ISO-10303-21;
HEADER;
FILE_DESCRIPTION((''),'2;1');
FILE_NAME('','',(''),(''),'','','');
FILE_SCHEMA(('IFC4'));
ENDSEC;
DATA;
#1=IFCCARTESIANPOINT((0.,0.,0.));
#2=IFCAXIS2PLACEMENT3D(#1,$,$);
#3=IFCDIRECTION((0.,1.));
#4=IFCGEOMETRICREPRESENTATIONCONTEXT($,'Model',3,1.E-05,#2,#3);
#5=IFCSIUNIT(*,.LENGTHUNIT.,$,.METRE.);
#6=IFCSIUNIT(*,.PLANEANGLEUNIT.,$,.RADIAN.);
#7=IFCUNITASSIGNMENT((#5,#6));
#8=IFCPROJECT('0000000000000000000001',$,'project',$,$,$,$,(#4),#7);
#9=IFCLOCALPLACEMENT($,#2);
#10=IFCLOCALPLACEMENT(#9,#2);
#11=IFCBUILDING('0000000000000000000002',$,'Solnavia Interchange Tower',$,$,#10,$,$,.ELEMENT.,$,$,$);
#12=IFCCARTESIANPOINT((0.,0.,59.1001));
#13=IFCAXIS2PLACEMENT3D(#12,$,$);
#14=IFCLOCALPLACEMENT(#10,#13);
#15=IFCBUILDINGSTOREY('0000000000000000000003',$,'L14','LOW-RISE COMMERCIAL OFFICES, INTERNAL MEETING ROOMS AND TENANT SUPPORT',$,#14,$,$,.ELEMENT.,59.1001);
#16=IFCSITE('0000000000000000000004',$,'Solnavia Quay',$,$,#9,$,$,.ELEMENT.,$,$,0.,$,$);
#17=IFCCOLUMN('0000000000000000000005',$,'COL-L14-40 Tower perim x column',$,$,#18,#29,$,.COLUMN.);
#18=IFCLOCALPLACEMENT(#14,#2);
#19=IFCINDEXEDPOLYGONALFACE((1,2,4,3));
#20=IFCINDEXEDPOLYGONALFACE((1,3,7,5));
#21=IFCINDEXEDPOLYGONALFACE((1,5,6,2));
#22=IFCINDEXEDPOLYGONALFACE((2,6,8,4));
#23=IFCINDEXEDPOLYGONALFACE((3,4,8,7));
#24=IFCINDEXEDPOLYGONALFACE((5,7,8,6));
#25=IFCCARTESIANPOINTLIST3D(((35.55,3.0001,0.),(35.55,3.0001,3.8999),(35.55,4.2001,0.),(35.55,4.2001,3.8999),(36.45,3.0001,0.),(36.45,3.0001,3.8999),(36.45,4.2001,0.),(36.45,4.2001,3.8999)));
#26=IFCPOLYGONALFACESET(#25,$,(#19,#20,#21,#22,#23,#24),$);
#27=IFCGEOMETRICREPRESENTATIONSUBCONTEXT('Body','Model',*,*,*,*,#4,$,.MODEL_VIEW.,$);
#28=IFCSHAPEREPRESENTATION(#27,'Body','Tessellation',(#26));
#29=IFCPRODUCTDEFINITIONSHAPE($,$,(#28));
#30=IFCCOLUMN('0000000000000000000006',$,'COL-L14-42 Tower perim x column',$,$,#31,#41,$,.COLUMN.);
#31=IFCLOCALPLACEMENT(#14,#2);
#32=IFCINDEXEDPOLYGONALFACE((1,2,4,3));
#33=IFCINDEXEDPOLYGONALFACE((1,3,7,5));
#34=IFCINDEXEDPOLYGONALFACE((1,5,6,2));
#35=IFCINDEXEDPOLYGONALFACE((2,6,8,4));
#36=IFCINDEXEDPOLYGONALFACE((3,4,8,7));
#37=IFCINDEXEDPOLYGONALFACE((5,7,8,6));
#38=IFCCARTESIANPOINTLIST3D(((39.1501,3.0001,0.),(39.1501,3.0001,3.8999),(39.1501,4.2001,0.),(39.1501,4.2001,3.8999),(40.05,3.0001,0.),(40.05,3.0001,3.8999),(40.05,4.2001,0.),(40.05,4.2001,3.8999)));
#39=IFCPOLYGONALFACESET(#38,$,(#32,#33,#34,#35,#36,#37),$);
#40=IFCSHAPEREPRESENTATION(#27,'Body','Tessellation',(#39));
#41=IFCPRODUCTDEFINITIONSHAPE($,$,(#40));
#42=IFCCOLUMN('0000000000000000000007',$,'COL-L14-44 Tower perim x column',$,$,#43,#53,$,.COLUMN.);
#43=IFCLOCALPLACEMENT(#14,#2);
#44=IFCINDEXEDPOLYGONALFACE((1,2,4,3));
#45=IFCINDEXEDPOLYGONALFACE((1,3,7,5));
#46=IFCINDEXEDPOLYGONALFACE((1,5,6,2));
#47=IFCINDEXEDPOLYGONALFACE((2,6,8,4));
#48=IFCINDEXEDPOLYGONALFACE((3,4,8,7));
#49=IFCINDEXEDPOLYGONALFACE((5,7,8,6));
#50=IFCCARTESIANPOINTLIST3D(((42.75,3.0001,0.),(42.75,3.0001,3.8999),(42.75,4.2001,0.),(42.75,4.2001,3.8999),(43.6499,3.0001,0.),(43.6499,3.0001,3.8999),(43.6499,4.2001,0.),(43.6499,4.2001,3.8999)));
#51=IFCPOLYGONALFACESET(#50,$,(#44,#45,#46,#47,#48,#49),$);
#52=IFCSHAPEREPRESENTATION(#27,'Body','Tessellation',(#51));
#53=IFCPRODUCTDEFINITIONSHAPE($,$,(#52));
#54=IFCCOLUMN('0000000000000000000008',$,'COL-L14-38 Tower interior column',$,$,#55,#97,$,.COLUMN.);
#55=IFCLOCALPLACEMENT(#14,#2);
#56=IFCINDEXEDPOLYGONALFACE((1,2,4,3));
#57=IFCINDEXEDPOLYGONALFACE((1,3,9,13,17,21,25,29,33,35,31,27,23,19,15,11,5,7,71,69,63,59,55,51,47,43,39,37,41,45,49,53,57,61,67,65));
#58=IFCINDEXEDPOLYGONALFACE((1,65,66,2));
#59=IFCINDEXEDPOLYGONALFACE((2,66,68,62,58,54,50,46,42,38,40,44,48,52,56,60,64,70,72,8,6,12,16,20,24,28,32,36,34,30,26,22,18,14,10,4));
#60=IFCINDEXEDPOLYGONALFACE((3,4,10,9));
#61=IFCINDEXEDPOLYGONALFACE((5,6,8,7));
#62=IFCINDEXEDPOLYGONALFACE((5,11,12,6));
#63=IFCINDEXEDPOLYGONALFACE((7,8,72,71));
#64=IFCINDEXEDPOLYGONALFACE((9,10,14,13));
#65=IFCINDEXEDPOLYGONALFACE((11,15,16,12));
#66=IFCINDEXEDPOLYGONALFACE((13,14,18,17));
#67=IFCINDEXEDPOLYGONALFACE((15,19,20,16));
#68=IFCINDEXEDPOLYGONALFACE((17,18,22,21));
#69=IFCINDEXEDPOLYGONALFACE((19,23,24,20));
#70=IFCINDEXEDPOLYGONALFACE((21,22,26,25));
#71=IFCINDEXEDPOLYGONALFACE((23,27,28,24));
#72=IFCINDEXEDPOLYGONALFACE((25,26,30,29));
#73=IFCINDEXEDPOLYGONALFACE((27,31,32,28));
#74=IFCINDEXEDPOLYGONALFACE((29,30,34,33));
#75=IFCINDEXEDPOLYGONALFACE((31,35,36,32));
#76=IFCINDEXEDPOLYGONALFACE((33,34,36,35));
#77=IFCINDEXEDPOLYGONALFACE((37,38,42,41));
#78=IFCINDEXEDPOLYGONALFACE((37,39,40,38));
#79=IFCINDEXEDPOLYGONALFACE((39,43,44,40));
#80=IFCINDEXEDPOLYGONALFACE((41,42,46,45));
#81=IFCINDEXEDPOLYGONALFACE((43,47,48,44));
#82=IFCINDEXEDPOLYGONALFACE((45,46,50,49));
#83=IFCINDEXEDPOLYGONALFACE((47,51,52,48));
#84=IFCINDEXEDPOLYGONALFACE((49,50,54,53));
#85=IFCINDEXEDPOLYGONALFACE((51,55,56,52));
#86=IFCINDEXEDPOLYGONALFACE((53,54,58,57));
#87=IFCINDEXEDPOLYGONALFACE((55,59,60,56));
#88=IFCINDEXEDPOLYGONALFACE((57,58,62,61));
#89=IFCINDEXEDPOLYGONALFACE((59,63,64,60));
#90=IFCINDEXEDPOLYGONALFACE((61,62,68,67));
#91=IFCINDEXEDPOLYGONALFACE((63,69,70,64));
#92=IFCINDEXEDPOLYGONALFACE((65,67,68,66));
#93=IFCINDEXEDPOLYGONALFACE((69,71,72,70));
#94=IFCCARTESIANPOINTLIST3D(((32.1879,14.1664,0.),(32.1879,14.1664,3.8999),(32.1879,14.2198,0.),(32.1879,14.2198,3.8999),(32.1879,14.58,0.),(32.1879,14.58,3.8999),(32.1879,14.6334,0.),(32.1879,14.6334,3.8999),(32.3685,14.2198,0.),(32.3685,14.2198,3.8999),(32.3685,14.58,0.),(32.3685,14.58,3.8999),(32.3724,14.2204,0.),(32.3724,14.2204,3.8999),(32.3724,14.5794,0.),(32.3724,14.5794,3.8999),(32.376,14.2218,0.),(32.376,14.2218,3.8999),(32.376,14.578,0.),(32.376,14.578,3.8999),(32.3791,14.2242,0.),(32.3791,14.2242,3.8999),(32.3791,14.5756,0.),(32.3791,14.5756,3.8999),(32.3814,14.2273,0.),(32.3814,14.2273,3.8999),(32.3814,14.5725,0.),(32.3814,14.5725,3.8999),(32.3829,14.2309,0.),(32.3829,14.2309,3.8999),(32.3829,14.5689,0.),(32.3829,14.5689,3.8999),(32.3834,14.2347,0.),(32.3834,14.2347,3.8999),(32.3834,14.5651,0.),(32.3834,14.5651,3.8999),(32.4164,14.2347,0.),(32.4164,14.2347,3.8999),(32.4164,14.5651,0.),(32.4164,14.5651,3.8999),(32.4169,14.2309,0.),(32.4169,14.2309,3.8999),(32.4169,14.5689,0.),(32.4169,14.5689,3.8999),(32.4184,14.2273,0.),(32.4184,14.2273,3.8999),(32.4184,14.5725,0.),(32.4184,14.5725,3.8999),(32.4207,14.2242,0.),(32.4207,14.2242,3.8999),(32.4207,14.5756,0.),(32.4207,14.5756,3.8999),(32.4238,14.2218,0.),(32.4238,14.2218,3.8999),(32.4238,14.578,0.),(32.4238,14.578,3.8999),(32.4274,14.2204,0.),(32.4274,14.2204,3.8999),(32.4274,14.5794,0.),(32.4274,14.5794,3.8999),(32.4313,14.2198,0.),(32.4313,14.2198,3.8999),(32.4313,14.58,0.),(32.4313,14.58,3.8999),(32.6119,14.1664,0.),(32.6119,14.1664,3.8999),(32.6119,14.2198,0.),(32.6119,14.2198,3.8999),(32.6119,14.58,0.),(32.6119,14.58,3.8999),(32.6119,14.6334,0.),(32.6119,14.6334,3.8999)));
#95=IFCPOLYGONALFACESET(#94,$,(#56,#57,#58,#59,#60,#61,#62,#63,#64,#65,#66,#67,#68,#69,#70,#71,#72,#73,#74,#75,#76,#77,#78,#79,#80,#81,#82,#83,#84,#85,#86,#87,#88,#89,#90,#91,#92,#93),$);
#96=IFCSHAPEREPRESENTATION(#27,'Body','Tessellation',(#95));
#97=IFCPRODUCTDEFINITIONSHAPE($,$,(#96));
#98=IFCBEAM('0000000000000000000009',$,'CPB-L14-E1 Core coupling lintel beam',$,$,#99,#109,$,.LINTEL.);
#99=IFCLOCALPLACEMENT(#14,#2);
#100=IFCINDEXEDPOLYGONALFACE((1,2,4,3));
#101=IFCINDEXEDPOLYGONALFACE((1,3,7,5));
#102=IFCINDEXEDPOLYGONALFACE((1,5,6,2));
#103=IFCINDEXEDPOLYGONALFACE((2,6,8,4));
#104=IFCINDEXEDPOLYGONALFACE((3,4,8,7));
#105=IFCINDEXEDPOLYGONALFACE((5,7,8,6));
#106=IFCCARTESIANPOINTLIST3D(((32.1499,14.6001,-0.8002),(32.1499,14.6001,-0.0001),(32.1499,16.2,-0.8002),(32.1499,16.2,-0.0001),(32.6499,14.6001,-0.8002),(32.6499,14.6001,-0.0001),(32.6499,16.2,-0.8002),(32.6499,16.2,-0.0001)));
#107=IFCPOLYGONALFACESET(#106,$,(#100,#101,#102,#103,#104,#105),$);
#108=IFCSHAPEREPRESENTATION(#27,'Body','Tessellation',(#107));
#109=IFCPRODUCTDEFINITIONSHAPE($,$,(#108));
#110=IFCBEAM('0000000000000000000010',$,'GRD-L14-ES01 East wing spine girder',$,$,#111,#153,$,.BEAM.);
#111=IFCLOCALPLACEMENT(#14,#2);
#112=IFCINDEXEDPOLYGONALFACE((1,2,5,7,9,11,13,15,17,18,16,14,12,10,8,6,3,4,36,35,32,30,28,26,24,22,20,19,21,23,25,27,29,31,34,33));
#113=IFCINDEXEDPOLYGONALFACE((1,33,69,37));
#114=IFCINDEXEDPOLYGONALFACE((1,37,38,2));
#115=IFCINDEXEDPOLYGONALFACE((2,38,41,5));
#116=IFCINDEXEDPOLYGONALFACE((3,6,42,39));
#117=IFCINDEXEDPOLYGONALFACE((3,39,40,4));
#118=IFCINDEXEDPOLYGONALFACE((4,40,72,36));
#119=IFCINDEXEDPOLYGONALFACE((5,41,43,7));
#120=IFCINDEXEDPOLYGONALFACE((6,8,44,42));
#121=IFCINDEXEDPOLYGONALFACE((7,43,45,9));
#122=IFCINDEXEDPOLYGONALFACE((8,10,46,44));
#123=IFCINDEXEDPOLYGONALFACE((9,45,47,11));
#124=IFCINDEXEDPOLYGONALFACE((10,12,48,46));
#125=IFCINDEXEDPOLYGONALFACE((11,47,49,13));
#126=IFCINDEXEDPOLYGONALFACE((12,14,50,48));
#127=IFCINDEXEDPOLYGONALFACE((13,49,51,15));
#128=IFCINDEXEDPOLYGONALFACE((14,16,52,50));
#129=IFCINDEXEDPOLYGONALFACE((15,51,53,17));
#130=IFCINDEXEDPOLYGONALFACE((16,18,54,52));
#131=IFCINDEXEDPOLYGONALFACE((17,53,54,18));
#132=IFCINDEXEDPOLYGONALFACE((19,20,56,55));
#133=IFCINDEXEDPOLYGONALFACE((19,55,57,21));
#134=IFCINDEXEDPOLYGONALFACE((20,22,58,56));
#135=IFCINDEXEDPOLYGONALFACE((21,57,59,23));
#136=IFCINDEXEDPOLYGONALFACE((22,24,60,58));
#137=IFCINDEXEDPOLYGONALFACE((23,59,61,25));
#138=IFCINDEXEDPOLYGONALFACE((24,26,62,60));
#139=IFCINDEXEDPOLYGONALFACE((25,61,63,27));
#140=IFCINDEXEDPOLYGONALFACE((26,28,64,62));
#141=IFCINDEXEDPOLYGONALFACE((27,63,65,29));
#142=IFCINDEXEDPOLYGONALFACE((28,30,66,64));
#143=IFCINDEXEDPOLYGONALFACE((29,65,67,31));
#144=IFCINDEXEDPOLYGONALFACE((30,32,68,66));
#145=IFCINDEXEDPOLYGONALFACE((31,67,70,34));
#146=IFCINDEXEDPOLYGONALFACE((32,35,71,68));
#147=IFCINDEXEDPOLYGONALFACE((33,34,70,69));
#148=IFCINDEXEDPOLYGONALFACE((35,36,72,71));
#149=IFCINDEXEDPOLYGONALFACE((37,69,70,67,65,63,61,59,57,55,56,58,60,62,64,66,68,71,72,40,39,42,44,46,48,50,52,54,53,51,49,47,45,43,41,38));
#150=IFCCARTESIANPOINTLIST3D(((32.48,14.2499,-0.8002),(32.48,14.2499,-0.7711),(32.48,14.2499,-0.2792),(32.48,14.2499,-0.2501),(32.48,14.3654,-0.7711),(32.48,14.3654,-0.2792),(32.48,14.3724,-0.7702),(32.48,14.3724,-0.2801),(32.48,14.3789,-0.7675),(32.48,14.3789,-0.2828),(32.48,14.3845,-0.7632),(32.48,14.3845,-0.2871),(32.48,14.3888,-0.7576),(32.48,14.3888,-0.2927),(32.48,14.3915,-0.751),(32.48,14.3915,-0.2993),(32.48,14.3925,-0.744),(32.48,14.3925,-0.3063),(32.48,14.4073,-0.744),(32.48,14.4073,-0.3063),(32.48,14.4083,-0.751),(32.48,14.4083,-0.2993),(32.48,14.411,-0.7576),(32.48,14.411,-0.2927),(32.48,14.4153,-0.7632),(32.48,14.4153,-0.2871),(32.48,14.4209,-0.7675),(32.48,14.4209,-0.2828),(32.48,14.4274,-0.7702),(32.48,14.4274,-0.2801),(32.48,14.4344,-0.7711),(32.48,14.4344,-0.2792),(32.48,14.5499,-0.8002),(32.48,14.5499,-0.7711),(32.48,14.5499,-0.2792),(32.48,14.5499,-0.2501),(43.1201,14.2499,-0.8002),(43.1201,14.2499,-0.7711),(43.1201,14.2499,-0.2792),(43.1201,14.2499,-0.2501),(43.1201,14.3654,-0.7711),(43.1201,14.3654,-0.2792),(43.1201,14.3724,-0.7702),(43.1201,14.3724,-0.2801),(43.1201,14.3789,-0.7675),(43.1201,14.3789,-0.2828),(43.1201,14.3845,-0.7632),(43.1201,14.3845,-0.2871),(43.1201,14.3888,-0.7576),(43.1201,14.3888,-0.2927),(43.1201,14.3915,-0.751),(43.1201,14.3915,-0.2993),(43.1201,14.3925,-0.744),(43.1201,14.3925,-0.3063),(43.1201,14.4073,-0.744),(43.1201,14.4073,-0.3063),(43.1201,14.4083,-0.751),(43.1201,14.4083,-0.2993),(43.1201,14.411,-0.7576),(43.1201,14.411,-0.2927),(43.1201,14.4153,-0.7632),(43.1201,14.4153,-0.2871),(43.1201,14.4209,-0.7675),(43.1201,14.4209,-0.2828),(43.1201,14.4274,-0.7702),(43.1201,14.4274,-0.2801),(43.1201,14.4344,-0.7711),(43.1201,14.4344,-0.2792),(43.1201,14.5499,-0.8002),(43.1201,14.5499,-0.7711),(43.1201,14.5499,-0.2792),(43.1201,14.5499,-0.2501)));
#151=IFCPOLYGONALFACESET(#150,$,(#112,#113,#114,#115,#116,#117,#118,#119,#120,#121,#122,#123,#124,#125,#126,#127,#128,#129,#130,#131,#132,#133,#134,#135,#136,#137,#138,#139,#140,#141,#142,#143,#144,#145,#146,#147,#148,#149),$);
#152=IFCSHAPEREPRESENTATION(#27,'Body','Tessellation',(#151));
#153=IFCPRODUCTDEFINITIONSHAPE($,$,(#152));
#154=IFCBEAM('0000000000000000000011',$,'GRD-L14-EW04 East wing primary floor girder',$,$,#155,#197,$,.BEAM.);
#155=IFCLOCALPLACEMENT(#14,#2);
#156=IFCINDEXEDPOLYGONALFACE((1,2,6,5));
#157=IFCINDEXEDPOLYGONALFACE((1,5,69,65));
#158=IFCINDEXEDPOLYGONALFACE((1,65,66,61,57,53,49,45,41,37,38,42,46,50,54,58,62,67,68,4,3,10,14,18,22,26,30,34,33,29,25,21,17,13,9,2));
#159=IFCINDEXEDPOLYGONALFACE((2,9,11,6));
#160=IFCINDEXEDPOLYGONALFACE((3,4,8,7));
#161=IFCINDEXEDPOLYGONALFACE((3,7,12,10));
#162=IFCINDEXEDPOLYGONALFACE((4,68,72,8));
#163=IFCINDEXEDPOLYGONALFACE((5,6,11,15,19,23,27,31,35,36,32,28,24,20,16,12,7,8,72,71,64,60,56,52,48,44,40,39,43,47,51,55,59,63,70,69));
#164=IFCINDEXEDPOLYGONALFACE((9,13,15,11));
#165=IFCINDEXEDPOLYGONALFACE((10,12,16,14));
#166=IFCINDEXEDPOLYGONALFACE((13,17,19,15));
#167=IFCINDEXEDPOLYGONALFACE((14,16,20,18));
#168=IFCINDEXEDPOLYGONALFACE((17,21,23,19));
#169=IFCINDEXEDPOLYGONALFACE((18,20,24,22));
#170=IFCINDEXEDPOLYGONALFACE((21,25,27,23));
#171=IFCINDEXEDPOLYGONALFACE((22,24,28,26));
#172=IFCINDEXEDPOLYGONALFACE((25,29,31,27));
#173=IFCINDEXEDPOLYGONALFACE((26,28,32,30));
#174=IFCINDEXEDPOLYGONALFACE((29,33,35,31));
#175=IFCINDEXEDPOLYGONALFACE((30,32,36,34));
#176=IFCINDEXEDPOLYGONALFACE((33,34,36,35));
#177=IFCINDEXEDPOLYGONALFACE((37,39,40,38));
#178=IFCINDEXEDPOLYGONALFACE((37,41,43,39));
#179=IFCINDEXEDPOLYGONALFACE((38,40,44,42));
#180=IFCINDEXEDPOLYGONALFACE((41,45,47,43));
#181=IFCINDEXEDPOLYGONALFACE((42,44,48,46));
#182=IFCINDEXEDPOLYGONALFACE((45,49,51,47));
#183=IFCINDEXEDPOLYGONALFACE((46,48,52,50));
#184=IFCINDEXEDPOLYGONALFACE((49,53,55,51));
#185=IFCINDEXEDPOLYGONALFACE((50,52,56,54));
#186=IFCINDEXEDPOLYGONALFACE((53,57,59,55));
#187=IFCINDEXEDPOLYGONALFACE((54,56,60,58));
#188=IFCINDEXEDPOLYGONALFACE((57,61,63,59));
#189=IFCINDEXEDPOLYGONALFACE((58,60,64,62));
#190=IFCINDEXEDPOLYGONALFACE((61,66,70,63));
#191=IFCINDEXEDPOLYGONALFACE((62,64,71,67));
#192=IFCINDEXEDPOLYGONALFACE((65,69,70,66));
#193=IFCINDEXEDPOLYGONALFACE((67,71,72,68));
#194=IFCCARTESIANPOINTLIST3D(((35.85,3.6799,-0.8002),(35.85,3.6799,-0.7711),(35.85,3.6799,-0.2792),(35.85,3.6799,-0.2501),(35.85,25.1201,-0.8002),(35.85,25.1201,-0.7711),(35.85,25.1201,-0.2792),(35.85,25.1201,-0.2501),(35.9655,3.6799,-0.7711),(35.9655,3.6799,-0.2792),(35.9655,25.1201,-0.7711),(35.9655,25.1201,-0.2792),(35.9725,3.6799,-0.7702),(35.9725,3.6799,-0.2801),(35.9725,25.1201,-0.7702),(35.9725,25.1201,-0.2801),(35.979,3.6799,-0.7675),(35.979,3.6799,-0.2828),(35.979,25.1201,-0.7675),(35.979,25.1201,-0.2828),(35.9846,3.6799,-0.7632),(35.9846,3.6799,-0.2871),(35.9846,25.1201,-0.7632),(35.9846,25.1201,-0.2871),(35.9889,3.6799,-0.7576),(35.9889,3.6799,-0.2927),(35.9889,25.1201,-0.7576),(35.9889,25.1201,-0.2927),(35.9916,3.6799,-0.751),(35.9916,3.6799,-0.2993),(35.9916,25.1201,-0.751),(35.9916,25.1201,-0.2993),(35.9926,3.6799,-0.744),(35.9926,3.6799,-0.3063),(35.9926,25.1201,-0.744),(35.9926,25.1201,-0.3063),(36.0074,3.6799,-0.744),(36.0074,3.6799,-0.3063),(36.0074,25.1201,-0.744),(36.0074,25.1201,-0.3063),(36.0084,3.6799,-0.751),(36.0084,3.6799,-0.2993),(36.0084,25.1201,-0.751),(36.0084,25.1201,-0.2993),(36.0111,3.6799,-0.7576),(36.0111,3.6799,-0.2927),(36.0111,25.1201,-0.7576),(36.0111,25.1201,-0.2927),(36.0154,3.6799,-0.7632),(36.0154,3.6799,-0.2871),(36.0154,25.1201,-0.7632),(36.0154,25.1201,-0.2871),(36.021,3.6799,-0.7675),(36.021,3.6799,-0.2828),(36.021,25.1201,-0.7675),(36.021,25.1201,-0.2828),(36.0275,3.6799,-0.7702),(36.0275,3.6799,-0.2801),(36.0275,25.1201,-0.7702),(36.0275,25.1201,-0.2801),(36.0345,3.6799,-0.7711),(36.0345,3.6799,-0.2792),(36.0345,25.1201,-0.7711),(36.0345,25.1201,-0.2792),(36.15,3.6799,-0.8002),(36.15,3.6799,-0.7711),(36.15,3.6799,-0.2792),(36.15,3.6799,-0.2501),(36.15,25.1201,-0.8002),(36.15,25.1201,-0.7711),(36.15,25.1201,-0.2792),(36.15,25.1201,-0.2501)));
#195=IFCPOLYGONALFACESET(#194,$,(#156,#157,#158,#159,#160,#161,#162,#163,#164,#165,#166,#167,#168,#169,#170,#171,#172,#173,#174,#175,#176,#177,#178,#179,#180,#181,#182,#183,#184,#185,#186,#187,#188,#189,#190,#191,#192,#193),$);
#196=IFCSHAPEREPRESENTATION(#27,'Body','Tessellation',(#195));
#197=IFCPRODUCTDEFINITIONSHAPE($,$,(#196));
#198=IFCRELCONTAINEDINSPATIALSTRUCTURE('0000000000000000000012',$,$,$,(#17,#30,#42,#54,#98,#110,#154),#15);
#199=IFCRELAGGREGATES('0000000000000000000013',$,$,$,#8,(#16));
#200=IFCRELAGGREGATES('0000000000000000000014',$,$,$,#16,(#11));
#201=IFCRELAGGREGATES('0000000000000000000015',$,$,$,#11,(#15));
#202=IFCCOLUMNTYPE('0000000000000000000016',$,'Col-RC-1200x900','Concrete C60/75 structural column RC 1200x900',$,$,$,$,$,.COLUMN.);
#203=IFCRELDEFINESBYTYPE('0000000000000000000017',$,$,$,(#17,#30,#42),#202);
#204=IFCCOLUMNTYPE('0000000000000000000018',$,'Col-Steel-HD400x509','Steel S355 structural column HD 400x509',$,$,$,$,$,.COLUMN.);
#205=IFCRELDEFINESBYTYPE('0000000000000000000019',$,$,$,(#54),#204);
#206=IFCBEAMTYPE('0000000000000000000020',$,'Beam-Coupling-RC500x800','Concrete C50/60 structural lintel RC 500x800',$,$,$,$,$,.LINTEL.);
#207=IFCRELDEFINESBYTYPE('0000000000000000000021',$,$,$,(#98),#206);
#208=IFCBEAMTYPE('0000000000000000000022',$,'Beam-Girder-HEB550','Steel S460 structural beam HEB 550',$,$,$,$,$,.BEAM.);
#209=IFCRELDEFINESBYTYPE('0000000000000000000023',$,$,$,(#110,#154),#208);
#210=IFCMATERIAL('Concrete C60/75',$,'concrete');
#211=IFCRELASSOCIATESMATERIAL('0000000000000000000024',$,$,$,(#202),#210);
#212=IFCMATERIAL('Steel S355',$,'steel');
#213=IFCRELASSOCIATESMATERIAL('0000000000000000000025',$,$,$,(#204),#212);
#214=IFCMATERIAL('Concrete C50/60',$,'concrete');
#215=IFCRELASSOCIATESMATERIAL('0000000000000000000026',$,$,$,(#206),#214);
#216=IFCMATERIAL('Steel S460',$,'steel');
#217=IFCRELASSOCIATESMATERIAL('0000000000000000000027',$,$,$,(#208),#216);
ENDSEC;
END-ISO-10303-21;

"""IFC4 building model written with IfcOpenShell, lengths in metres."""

from ifc_helpers import new_model, si_unit, direction, frame, origin, origin_2d, place, context, subcontext, project, spatial, rectangle, i_section, extrude, material, material_profile, profile_set, type_object, element, save


model = new_model("IFC4")

# Units and contexts
model_context = context("Model", 3, precision=1e-05, world=origin(), true_north=direction((0.0, 1.0)))
body_context = subcontext(model_context, "Body", "Model", "MODEL_VIEW")
ifc_project = project(units=[si_unit("LENGTHUNIT", "METRE"), si_unit("PLANEANGLEUNIT", "RADIAN")], contexts=[model_context])

# Site, building, storey
site_placement = place(None, origin())
site = spatial("IfcSite", under=ifc_project, at=site_placement, Name="Solnavia Quay", CompositionType="ELEMENT", RefElevation=0.0)
building_placement = place(site_placement, origin())
building = spatial("IfcBuilding", under=site, at=building_placement, Name="Solnavia Interchange Tower", CompositionType="ELEMENT")
storey_placement = place(building_placement, frame((0.0, 0.0, 59.1001)))
storey = spatial("IfcBuildingStorey", under=building, at=storey_placement, Name="L14", Description="LOW-RISE COMMERCIAL OFFICES, INTERNAL MEETING ROOMS AND TENANT SUPPORT", CompositionType="ELEMENT", Elevation=59.1001)

# Columns
ifc_material_1 = material(Name="Concrete C60/75", Category="concrete")
ifc_material_profile_1 = material_profile(ifc_material_1, rectangle(XDim=0.8999, YDim=1.2, at=origin_2d()), Name="RC 1200x900")
ifc_profile_set_1 = profile_set([ifc_material_profile_1], Name="Concrete C60/75")
column_type_1 = type_object("IfcColumnType", Name="Col-RC-1200x900", Description="Concrete C60/75 structural column RC 1200x900", PredefinedType="COLUMN", material=ifc_profile_set_1)
for number, where, z_axis, x_axis, name in (
    (1, (36.0, 3.6001, 0.0), (0.0, 0.0, 1.0), (1.0, 0.0, 0.0), "COL-L14-40 Tower perim x column"),
    (2, (39.6001, 3.6001, 0.0), (0.0, 0.0, 1.0), (1.0, 0.0, 0.0), "COL-L14-42 Tower perim x column"),
    (3, (43.2, 3.6001, 0.0), (0.0, 0.0, 1.0), (1.0, 0.0, 0.0), "COL-L14-44 Tower perim x column"),
):
    element("IfcColumn", number, at=place(storey_placement, frame(where, z_axis=z_axis, x_axis=x_axis)), inside=storey, type_object=column_type_1, Name=name, PredefinedType="COLUMN", context=body_context, shape_type="SweptSolid", body=[
        extrude(rectangle(XDim=0.8999, YDim=1.2, at=origin_2d()), origin(), (0.0, 0.0, 1.0), 3.8999),
    ])
ifc_material_2 = material(Name="Steel S355", Category="steel")
ifc_material_profile_2 = material_profile(ifc_material_2, i_section(OverallWidth=0.4241, OverallDepth=0.467, WebThickness=0.033, FlangeThickness=0.0535, FilletRadius=0.0149, at=origin_2d()), Name="HD 400x509")
ifc_profile_set_2 = profile_set([ifc_material_profile_2], Name="Steel S355")
column_type_2 = type_object("IfcColumnType", Name="Col-Steel-HD400x509", Description="Steel S355 structural column HD 400x509", PredefinedType="COLUMN", material=ifc_profile_set_2)
column_placement = place(storey_placement, frame((32.3999, 14.3999, 0.0), z_axis=(0.0, 0.0, 1.0), x_axis=(1.0, 0.0, 0.0)))
element("IfcColumn", 4, at=column_placement, inside=storey, type_object=column_type_2, Name="COL-L14-38 Tower interior column", PredefinedType="COLUMN", context=body_context, shape_type="SweptSolid", body=[
    extrude(i_section(OverallWidth=0.4241, OverallDepth=0.467, WebThickness=0.033, FlangeThickness=0.0535, FilletRadius=0.0149, at=origin_2d()), origin(), (0.0, 0.0, 1.0), 3.8999),
])

# Beams
ifc_material_3 = material(Name="Concrete C50/60", Category="concrete")
ifc_material_profile_3 = material_profile(ifc_material_3, rectangle(XDim=0.5, YDim=0.8, at=origin_2d()), Name="RC 500x800")
ifc_profile_set_3 = profile_set([ifc_material_profile_3], Name="Concrete C50/60")
beam_type_1 = type_object("IfcBeamType", Name="Beam-Coupling-RC500x800", Description="Concrete C50/60 structural lintel RC 500x800", PredefinedType="LINTEL", material=ifc_profile_set_3)
beam_1_placement = place(storey_placement, frame((32.3999, 14.6001, -0.4001), z_axis=(0.0, 1.0, 0.0), x_axis=(-1.0, 0.0, 0.0)))
element("IfcBeam", 5, at=beam_1_placement, inside=storey, type_object=beam_type_1, Name="CPB-L14-E1 Core coupling lintel beam", PredefinedType="LINTEL", context=body_context, shape_type="SweptSolid", body=[
    extrude(rectangle(XDim=0.5, YDim=0.8, at=origin_2d()), origin(), (0.0, 0.0, 1.0), 1.5999),
])
ifc_material_4 = material(Name="Steel S460", Category="steel")
ifc_material_profile_4 = material_profile(ifc_material_4, i_section(OverallWidth=0.3, OverallDepth=0.55, WebThickness=0.0149, FlangeThickness=0.0291, FilletRadius=0.0271, at=origin_2d()), Name="HEB 550")
ifc_profile_set_4 = profile_set([ifc_material_profile_4], Name="Steel S460")
beam_type_2 = type_object("IfcBeamType", Name="Beam-Girder-HEB550", Description="Steel S460 structural beam HEB 550", PredefinedType="BEAM", material=ifc_profile_set_4)
beam_2_placement = place(storey_placement, frame((32.48, 14.3999, -0.5251), z_axis=(1.0, 0.0, 0.0), x_axis=(0.0, 1.0, 0.0)))
element("IfcBeam", 6, at=beam_2_placement, inside=storey, type_object=beam_type_2, Name="GRD-L14-ES01 East wing spine girder", PredefinedType="BEAM", context=body_context, shape_type="SweptSolid", body=[
    extrude(i_section(OverallWidth=0.3, OverallDepth=0.55, WebThickness=0.0149, FlangeThickness=0.0291, FilletRadius=0.0271, at=origin_2d()), origin(), (0.0, 0.0, 1.0), 10.6401),
])
beam_3_placement = place(storey_placement, frame((36.0, 3.6799, -0.5251), z_axis=(0.0, 1.0, 0.0), x_axis=(-1.0, 0.0, 0.0)))
element("IfcBeam", 7, at=beam_3_placement, inside=storey, type_object=beam_type_2, Name="GRD-L14-EW04 East wing primary floor girder", PredefinedType="BEAM", context=body_context, shape_type="SweptSolid", body=[
    extrude(i_section(OverallWidth=0.3, OverallDepth=0.55, WebThickness=0.0149, FlangeThickness=0.0291, FilletRadius=0.0271, at=origin_2d()), origin(), (0.0, 0.0, 1.0), 21.4402),
])

save(model, "model.ifc")
